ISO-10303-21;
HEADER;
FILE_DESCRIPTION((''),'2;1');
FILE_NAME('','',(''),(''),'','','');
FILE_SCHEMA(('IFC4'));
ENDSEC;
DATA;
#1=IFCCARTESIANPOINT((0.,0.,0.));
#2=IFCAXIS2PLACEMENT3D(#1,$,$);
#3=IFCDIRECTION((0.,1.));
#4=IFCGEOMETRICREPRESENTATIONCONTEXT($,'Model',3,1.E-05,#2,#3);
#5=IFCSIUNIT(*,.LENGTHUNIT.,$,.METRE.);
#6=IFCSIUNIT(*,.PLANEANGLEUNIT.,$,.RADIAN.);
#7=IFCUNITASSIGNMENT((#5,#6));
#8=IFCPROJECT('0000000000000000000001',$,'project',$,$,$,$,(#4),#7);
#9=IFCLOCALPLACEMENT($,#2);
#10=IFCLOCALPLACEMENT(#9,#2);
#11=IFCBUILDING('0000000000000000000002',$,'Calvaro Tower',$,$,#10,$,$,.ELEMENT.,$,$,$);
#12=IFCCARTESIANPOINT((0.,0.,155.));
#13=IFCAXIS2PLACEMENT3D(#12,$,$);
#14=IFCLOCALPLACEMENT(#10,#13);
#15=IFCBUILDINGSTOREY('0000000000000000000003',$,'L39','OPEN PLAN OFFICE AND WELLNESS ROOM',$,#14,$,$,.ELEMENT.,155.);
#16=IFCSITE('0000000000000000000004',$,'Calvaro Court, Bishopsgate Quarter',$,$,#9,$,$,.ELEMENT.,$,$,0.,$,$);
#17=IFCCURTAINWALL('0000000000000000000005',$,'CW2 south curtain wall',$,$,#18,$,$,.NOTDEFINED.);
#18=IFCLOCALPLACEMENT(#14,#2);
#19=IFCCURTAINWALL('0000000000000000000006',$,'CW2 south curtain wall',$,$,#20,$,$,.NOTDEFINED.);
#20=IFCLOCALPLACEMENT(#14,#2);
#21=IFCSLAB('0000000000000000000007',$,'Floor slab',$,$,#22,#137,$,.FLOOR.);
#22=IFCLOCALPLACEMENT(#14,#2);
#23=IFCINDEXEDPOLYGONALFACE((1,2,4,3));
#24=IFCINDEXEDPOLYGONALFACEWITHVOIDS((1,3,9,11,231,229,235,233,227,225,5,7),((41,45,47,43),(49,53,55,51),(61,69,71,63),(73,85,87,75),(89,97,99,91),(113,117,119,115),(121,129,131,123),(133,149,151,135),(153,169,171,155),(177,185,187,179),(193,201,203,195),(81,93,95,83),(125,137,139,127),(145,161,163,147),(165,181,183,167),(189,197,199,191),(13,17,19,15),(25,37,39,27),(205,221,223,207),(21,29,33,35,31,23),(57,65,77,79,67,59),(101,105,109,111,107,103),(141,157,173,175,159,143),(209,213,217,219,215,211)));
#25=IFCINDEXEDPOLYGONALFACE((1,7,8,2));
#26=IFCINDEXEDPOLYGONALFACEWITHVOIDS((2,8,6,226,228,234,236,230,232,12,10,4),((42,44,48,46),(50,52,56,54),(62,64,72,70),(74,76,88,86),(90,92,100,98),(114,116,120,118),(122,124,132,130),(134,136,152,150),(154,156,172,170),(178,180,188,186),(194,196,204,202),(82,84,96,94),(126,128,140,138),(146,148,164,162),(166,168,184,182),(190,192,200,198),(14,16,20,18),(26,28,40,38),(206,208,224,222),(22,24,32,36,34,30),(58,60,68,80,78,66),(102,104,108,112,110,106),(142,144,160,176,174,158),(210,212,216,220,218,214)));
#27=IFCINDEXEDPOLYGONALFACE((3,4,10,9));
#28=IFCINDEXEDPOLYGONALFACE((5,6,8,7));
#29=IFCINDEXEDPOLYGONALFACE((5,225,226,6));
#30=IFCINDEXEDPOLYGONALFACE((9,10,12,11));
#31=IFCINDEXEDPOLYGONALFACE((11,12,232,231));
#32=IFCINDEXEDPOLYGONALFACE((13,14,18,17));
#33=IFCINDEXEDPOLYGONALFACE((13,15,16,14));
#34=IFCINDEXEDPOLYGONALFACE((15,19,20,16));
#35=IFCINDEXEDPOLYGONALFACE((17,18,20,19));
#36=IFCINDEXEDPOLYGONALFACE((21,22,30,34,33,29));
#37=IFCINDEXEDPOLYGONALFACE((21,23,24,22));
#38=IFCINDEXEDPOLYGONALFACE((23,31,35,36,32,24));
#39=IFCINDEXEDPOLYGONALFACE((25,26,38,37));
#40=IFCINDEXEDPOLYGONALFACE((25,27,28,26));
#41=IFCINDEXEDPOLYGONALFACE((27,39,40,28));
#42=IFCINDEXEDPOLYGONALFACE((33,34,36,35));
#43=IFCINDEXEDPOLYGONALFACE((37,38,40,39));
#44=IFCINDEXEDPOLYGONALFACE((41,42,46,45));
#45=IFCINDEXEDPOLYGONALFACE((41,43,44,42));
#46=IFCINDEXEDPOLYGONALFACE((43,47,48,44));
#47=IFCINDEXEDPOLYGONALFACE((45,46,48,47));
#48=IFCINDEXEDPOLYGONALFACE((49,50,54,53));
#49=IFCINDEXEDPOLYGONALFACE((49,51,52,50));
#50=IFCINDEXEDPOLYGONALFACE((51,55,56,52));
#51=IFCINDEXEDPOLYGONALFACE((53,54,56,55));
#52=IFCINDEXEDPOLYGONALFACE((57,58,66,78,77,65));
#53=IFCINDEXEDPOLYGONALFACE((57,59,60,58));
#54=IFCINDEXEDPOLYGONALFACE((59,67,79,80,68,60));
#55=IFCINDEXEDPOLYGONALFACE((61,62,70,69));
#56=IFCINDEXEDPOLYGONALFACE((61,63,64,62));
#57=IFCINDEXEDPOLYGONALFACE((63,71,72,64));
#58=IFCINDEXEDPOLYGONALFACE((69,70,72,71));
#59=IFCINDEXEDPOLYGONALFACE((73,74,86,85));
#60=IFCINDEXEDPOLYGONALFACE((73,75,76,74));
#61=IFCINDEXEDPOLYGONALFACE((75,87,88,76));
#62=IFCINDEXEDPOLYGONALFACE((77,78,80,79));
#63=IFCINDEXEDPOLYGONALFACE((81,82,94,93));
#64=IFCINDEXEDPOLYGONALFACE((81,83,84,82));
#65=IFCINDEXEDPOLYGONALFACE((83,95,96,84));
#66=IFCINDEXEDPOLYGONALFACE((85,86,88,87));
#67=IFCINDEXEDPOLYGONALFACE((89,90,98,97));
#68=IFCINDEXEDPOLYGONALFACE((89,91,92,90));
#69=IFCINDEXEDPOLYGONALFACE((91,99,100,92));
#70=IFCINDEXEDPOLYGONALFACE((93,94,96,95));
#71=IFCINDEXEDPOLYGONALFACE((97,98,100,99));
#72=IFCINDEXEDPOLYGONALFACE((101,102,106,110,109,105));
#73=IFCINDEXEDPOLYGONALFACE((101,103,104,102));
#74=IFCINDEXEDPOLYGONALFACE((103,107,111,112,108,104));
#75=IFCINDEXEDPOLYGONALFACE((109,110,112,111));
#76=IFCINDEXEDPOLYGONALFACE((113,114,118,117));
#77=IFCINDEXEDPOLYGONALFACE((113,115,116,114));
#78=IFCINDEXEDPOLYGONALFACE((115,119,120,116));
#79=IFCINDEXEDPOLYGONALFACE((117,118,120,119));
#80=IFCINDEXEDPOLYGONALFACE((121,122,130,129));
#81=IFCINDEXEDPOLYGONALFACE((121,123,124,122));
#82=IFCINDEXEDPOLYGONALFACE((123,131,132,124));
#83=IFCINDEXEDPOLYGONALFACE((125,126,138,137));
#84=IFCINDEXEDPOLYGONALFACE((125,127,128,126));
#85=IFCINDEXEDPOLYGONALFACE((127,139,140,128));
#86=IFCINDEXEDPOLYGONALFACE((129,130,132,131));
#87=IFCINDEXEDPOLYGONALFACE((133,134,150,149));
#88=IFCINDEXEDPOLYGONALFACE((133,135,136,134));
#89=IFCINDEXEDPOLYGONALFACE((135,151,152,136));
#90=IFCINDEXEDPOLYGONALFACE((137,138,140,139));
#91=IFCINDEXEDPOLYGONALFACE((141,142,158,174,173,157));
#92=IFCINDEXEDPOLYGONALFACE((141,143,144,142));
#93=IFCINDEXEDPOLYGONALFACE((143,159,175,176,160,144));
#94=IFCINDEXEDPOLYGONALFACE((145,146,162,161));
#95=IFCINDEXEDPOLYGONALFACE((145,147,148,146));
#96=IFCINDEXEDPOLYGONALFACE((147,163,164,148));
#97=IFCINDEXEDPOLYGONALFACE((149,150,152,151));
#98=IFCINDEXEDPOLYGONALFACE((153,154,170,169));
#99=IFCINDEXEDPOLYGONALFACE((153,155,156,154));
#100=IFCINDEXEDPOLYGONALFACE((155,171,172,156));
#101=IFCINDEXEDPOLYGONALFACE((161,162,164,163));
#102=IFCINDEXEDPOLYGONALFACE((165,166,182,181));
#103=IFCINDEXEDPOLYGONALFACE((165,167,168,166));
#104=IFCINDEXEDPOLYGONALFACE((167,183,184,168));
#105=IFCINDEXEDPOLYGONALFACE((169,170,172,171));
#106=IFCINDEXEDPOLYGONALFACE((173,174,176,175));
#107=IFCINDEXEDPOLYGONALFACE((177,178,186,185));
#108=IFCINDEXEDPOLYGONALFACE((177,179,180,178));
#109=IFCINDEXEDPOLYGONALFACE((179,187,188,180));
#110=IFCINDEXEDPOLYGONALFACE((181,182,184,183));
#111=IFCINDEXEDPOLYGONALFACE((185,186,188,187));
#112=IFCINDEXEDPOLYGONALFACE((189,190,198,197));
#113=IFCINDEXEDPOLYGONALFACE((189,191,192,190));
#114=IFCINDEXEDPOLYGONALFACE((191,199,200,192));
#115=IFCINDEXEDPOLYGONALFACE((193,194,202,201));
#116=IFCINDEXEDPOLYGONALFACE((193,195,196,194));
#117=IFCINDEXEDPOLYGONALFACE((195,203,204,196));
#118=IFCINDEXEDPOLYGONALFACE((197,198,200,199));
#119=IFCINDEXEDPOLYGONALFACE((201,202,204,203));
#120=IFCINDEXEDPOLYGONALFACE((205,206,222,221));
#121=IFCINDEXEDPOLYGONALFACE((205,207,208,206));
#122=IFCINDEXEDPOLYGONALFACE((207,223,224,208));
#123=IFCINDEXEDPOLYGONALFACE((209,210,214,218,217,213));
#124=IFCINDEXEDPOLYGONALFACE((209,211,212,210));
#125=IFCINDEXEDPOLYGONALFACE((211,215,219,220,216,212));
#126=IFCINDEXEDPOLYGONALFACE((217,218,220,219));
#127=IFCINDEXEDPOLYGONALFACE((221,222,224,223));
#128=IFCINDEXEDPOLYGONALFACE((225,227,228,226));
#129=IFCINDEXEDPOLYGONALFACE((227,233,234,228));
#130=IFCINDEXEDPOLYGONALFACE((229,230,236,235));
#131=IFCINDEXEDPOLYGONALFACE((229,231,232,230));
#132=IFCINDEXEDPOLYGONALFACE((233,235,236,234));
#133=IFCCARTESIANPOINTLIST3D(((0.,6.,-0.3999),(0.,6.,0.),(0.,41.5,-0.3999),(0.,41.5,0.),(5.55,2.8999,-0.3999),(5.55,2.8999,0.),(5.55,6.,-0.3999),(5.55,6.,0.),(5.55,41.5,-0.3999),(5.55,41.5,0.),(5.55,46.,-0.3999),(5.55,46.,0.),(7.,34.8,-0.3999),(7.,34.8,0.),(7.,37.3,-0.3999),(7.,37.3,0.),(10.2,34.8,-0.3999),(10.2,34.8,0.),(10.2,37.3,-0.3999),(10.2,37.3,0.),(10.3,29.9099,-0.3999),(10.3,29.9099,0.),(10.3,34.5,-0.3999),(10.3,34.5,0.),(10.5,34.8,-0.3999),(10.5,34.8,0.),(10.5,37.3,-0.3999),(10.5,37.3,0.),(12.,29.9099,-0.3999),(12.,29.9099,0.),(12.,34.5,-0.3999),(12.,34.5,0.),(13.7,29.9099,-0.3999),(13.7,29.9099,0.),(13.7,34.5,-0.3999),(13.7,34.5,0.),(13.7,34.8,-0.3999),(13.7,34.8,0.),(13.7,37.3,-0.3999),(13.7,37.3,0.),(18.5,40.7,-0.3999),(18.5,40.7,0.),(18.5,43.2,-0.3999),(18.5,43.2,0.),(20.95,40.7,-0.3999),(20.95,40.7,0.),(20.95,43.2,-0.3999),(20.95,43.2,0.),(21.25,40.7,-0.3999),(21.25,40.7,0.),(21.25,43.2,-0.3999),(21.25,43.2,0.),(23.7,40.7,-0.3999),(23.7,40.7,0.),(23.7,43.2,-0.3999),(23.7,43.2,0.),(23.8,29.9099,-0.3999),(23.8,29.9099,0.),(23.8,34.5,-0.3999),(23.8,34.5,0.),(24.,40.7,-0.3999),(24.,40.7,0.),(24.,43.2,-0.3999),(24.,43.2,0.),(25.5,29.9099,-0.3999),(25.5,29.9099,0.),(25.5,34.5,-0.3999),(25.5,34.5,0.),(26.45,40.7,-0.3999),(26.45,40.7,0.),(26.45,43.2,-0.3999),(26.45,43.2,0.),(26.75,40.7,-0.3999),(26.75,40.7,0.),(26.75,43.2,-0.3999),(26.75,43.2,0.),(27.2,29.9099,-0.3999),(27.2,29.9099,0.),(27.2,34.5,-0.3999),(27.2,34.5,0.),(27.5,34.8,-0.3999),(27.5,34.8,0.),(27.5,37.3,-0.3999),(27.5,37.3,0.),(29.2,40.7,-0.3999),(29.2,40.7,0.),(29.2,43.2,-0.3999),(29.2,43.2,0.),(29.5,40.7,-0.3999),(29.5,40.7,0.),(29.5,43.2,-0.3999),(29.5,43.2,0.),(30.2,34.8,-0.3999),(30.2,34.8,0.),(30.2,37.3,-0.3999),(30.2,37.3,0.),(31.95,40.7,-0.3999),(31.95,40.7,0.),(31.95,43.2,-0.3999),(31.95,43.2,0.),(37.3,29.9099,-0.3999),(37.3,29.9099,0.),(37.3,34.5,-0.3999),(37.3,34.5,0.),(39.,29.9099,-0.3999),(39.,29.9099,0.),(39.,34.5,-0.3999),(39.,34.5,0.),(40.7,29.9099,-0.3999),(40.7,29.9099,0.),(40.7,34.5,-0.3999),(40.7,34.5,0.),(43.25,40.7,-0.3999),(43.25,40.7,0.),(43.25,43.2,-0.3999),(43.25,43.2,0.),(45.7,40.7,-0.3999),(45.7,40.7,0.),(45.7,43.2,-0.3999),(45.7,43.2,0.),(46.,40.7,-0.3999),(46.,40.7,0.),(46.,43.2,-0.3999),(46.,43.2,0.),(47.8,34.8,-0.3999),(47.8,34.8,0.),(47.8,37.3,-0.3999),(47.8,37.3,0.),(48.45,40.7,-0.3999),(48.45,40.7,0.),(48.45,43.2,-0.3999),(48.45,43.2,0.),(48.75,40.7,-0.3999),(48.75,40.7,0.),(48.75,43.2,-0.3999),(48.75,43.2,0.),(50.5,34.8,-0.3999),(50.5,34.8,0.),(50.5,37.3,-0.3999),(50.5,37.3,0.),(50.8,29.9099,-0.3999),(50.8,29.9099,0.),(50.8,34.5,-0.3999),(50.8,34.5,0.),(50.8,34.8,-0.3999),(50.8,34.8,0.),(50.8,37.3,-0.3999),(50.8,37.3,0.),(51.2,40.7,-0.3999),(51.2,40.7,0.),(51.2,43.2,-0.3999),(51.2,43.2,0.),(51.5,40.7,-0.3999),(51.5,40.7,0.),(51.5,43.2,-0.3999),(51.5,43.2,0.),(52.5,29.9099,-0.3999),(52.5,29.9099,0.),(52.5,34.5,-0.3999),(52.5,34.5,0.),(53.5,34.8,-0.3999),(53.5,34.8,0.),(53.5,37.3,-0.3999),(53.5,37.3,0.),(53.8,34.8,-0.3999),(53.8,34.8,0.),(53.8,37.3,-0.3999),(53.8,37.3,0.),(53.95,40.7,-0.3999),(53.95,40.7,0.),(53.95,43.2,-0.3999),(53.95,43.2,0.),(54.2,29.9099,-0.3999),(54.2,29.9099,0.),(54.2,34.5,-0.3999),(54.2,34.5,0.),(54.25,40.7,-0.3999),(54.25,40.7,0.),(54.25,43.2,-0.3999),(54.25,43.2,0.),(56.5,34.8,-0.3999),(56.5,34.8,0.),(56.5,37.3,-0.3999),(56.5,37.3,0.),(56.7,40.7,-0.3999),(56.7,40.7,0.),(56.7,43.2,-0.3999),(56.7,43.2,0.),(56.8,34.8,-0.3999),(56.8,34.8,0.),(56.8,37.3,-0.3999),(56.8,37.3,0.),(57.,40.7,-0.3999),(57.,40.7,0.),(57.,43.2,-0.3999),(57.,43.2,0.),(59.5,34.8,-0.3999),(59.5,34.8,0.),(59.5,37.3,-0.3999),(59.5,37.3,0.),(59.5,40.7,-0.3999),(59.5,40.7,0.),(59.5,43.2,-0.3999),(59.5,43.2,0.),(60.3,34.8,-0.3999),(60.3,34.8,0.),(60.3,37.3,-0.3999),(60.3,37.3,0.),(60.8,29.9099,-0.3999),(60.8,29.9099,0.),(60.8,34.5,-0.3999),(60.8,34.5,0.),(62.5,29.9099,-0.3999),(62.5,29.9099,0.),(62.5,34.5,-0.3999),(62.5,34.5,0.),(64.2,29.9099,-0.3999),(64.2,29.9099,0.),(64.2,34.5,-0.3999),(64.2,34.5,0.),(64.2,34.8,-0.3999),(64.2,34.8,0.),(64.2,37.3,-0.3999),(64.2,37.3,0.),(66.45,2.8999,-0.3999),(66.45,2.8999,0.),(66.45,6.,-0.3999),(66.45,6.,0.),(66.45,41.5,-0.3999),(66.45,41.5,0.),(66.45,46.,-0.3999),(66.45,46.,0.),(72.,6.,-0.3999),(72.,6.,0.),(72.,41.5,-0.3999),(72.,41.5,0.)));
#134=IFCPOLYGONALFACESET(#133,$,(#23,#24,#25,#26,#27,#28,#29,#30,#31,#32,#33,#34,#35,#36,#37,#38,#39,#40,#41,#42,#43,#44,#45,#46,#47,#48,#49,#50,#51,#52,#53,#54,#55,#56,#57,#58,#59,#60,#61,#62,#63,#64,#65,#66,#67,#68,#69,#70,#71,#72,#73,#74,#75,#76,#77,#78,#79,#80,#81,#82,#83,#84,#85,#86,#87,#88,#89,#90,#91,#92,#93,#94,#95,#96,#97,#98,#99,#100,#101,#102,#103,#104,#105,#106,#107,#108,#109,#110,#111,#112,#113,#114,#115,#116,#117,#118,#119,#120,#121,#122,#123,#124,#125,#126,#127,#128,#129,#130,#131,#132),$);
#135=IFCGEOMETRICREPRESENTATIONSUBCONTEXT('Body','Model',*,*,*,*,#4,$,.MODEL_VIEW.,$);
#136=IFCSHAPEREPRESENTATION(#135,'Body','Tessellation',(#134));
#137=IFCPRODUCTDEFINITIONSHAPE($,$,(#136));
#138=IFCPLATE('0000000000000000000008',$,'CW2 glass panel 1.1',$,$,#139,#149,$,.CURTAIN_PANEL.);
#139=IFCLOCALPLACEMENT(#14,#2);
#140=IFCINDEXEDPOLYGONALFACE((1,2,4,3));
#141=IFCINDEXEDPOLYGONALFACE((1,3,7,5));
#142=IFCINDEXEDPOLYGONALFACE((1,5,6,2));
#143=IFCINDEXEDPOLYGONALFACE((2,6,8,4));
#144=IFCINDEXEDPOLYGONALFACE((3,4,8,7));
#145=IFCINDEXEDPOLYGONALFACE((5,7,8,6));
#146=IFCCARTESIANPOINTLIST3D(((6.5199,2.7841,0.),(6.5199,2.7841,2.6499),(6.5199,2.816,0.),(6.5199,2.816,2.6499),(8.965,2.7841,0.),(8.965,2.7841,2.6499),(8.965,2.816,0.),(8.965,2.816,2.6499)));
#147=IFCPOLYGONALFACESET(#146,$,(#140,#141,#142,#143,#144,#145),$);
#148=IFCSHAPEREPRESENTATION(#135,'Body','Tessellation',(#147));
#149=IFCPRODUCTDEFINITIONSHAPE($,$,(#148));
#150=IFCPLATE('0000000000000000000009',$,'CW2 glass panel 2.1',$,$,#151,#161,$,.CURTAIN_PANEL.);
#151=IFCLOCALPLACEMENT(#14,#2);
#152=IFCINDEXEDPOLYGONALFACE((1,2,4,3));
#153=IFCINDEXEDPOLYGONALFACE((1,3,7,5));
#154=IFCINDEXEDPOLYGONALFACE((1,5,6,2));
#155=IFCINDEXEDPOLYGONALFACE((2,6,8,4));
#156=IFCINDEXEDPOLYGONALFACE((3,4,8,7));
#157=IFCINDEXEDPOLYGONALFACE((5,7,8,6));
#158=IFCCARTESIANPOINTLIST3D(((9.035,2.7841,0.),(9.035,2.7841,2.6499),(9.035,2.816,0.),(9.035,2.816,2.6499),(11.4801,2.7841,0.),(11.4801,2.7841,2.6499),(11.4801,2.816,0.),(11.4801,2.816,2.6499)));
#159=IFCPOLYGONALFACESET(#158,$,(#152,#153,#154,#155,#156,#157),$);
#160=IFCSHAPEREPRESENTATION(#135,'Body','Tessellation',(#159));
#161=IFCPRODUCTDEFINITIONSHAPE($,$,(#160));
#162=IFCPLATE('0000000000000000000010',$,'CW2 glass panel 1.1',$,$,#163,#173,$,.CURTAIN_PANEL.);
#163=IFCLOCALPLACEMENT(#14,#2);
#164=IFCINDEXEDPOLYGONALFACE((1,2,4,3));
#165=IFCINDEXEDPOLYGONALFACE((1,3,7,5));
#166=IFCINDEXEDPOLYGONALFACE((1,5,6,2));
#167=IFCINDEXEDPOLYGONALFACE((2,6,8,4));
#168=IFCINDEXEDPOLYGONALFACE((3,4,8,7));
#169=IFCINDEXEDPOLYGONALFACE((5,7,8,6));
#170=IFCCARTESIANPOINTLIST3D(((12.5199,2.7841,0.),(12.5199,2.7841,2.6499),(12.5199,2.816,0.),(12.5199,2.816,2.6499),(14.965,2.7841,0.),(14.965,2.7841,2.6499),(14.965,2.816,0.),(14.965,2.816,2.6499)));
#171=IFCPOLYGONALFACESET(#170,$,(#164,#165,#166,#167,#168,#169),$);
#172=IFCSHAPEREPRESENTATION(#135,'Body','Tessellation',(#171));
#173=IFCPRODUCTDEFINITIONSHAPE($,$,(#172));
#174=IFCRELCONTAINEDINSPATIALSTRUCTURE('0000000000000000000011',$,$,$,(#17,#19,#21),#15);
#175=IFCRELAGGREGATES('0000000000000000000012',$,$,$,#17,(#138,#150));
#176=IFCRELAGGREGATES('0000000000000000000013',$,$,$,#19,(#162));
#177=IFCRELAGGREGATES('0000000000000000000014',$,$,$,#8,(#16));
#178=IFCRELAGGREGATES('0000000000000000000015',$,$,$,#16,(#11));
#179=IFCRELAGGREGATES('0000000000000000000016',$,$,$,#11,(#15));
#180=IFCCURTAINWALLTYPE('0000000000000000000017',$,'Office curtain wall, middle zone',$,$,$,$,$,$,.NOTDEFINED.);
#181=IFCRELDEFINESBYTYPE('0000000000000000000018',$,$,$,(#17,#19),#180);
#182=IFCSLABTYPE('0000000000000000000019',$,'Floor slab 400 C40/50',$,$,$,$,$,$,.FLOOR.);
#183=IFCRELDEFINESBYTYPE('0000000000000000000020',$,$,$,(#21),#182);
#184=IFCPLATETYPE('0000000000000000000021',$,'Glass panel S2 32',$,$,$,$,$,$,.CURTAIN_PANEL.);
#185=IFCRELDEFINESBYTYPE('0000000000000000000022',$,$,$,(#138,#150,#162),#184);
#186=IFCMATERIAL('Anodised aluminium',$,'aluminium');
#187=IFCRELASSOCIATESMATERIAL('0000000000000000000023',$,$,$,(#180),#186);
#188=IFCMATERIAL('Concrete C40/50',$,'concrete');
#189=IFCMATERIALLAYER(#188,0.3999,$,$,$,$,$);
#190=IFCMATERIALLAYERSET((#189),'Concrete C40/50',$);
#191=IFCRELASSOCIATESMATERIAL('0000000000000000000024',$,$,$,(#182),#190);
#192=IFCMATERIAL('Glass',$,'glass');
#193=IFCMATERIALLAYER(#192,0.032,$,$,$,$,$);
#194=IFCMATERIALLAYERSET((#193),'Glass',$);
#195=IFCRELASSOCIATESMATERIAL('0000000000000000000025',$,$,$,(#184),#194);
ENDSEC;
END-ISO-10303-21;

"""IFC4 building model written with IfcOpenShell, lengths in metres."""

from ifc_helpers import new_model, si_unit, direction, frame, origin, origin_2d, place, context, subcontext, project, spatial, polyline, rectangle, outline, extrude, material, layer, layer_set, type_object, element, aggregate, save


model = new_model("IFC4")

# Units and contexts
model_context = context("Model", 3, precision=1e-05, world=origin(), true_north=direction((0.0, 1.0)))
body_context = subcontext(model_context, "Body", "Model", "MODEL_VIEW")
ifc_project = project(units=[si_unit("LENGTHUNIT", "METRE"), si_unit("PLANEANGLEUNIT", "RADIAN")], contexts=[model_context])

# Site, building, storey
site_placement = place(None, origin())
site = spatial("IfcSite", under=ifc_project, at=site_placement, Name="Calvaro Court, Bishopsgate Quarter", CompositionType="ELEMENT", RefElevation=0.0)
building_placement = place(site_placement, origin())
building = spatial("IfcBuilding", under=site, at=building_placement, Name="Calvaro Tower", CompositionType="ELEMENT")
storey_placement = place(building_placement, frame((0.0, 0.0, 155.0)))
storey = spatial("IfcBuildingStorey", under=building, at=storey_placement, Name="L39", Description="OPEN PLAN OFFICE AND WELLNESS ROOM", CompositionType="ELEMENT", Elevation=155.0)

# Curtain walls
ifc_material_1 = material(Name="Anodised aluminium", Category="aluminium")
curtain_wall_type = type_object("IfcCurtainWallType", Name="Office curtain wall, middle zone", PredefinedType="NOTDEFINED", material=ifc_material_1)
curtain_wall_1_placement = place(storey_placement, origin())
curtain_wall_1 = element("IfcCurtainWall", 1, at=curtain_wall_1_placement, inside=storey, type_object=curtain_wall_type, Name="CW2 south curtain wall", PredefinedType="NOTDEFINED")
curtain_wall_2_placement = place(storey_placement, origin())
curtain_wall_2 = element("IfcCurtainWall", 2, at=curtain_wall_2_placement, inside=storey, type_object=curtain_wall_type, Name="CW2 south curtain wall", PredefinedType="NOTDEFINED")

# Slab
ifc_material_2 = material(Name="Concrete C40/50", Category="concrete")
ifc_layer_1 = layer(ifc_material_2, 0.3999)
ifc_layer_set_1 = layer_set([ifc_layer_1], Name="Concrete C40/50")
slab_type_1 = type_object("IfcSlabType", Name="Floor slab 400 C40/50", PredefinedType="FLOOR", material=ifc_layer_set_1)
slab_1_placement = place(storey_placement, frame((0.0, 0.0, -0.3999)))
element("IfcSlab", 3, at=slab_1_placement, inside=storey, type_object=slab_type_1, Name="Floor slab", PredefinedType="FLOOR", context=body_context, shape_type="SweptSolid", body=[
    extrude(outline(polyline([(66.45, 6.0), (66.45, 2.8999), (5.55, 2.8999), (5.55, 6.0), (0.0, 6.0), (0.0, 41.5), (5.55, 41.5), (5.55, 46.0), (66.45, 46.0), (66.45, 41.5), (72.0, 41.5), (72.0, 6.0), (66.45, 6.0)]), holes=[polyline([(10.3, 29.9099), (10.3, 34.5), (12.0, 34.5), (13.7, 34.5), (13.7, 29.9099), (12.0, 29.9099), (10.3, 29.9099)]), polyline([(23.8, 29.9099), (23.8, 34.5), (25.5, 34.5), (27.2, 34.5), (27.2, 29.9099), (25.5, 29.9099), (23.8, 29.9099)]), polyline([(37.3, 29.9099), (37.3, 34.5), (39.0, 34.5), (40.7, 34.5), (40.7, 29.9099), (39.0, 29.9099), (37.3, 29.9099)]), polyline([(50.8, 29.9099), (50.8, 34.5), (52.5, 34.5), (54.2, 34.5), (54.2, 29.9099), (52.5, 29.9099), (50.8, 29.9099)]), polyline([(60.8, 29.9099), (60.8, 34.5), (62.5, 34.5), (64.2, 34.5), (64.2, 29.9099), (62.5, 29.9099), (60.8, 29.9099)]), polyline([(50.8, 34.8), (53.5, 34.8), (53.5, 37.3), (50.8, 37.3), (50.8, 34.8)]), polyline([(53.8, 34.8), (56.5, 34.8), (56.5, 37.3), (53.8, 37.3), (53.8, 34.8)]), polyline([(56.8, 34.8), (59.5, 34.8), (59.5, 37.3), (56.8, 37.3), (56.8, 34.8)]), polyline([(18.5, 40.7), (20.95, 40.7), (20.95, 43.2), (18.5, 43.2), (18.5, 40.7)]), polyline([(21.25, 40.7), (23.7, 40.7), (23.7, 43.2), (21.25, 43.2), (21.25, 40.7)]), polyline([(24.0, 40.7), (26.45, 40.7), (26.45, 43.2), (24.0, 43.2), (24.0, 40.7)]), polyline([(26.75, 40.7), (29.2, 40.7), (29.2, 43.2), (26.75, 43.2), (26.75, 40.7)]), polyline([(29.5, 40.7), (31.95, 40.7), (31.95, 43.2), (29.5, 43.2), (29.5, 40.7)]), polyline([(43.25, 40.7), (45.7, 40.7), (45.7, 43.2), (43.25, 43.2), (43.25, 40.7)]), polyline([(46.0, 40.7), (48.45, 40.7), (48.45, 43.2), (46.0, 43.2), (46.0, 40.7)]), polyline([(48.75, 40.7), (51.2, 40.7), (51.2, 43.2), (48.75, 43.2), (48.75, 40.7)]), polyline([(51.5, 40.7), (53.95, 40.7), (53.95, 43.2), (51.5, 43.2), (51.5, 40.7)]), polyline([(54.25, 40.7), (56.7, 40.7), (56.7, 43.2), (54.25, 43.2), (54.25, 40.7)]), polyline([(57.0, 40.7), (59.5, 40.7), (59.5, 43.2), (57.0, 43.2), (57.0, 40.7)]), polyline([(7.0, 34.8), (10.2, 34.8), (10.2, 37.3), (7.0, 37.3), (7.0, 34.8)]), polyline([(10.5, 34.8), (13.7, 34.8), (13.7, 37.3), (10.5, 37.3), (10.5, 34.8)]), polyline([(60.3, 34.8), (64.2, 34.8), (64.2, 37.3), (60.3, 37.3), (60.3, 34.8)]), polyline([(27.5, 34.8), (30.2, 34.8), (30.2, 37.3), (27.5, 37.3), (27.5, 34.8)]), polyline([(47.8, 34.8), (50.5, 34.8), (50.5, 37.3), (47.8, 37.3), (47.8, 34.8)])]), origin(), (0.0, 0.0, 1.0), 0.3999),
])

# Plates
ifc_material_3 = material(Name="Glass", Category="glass")
ifc_layer_2 = layer(ifc_material_3, 0.032)
ifc_layer_set_2 = layer_set([ifc_layer_2], Name="Glass")
plate_type = type_object("IfcPlateType", Name="Glass panel S2 32", PredefinedType="CURTAIN_PANEL", material=ifc_layer_set_2)
plate_1_placement = place(storey_placement, frame((7.7424, 2.8, 0.0), z_axis=(0.0, 0.0, 1.0), x_axis=(1.0, 0.0, 0.0)))
plate_1 = element("IfcPlate", 4, at=plate_1_placement, type_object=plate_type, Name="CW2 glass panel 1.1", PredefinedType="CURTAIN_PANEL", context=body_context, shape_type="SweptSolid", body=[
    extrude(rectangle(XDim=2.4451, YDim=0.032, at=origin_2d()), origin(), (0.0, 0.0, 1.0), 2.6499),
])
plate_2_placement = place(storey_placement, frame((10.2576, 2.8, 0.0), z_axis=(0.0, 0.0, 1.0), x_axis=(1.0, 0.0, 0.0)))
plate_2 = element("IfcPlate", 5, at=plate_2_placement, type_object=plate_type, Name="CW2 glass panel 2.1", PredefinedType="CURTAIN_PANEL", context=body_context, shape_type="SweptSolid", body=[
    extrude(rectangle(XDim=2.4451, YDim=0.032, at=origin_2d()), origin(), (0.0, 0.0, 1.0), 2.6499),
])
aggregate(curtain_wall_1, [plate_1, plate_2])
plate_3_placement = place(storey_placement, frame((13.7424, 2.8, 0.0), z_axis=(0.0, 0.0, 1.0), x_axis=(1.0, 0.0, 0.0)))
plate_3 = element("IfcPlate", 6, at=plate_3_placement, type_object=plate_type, Name="CW2 glass panel 1.1", PredefinedType="CURTAIN_PANEL", context=body_context, shape_type="SweptSolid", body=[
    extrude(rectangle(XDim=2.4451, YDim=0.032, at=origin_2d()), origin(), (0.0, 0.0, 1.0), 2.6499),
])
aggregate(curtain_wall_2, [plate_3])

save(model, "model.ifc")
